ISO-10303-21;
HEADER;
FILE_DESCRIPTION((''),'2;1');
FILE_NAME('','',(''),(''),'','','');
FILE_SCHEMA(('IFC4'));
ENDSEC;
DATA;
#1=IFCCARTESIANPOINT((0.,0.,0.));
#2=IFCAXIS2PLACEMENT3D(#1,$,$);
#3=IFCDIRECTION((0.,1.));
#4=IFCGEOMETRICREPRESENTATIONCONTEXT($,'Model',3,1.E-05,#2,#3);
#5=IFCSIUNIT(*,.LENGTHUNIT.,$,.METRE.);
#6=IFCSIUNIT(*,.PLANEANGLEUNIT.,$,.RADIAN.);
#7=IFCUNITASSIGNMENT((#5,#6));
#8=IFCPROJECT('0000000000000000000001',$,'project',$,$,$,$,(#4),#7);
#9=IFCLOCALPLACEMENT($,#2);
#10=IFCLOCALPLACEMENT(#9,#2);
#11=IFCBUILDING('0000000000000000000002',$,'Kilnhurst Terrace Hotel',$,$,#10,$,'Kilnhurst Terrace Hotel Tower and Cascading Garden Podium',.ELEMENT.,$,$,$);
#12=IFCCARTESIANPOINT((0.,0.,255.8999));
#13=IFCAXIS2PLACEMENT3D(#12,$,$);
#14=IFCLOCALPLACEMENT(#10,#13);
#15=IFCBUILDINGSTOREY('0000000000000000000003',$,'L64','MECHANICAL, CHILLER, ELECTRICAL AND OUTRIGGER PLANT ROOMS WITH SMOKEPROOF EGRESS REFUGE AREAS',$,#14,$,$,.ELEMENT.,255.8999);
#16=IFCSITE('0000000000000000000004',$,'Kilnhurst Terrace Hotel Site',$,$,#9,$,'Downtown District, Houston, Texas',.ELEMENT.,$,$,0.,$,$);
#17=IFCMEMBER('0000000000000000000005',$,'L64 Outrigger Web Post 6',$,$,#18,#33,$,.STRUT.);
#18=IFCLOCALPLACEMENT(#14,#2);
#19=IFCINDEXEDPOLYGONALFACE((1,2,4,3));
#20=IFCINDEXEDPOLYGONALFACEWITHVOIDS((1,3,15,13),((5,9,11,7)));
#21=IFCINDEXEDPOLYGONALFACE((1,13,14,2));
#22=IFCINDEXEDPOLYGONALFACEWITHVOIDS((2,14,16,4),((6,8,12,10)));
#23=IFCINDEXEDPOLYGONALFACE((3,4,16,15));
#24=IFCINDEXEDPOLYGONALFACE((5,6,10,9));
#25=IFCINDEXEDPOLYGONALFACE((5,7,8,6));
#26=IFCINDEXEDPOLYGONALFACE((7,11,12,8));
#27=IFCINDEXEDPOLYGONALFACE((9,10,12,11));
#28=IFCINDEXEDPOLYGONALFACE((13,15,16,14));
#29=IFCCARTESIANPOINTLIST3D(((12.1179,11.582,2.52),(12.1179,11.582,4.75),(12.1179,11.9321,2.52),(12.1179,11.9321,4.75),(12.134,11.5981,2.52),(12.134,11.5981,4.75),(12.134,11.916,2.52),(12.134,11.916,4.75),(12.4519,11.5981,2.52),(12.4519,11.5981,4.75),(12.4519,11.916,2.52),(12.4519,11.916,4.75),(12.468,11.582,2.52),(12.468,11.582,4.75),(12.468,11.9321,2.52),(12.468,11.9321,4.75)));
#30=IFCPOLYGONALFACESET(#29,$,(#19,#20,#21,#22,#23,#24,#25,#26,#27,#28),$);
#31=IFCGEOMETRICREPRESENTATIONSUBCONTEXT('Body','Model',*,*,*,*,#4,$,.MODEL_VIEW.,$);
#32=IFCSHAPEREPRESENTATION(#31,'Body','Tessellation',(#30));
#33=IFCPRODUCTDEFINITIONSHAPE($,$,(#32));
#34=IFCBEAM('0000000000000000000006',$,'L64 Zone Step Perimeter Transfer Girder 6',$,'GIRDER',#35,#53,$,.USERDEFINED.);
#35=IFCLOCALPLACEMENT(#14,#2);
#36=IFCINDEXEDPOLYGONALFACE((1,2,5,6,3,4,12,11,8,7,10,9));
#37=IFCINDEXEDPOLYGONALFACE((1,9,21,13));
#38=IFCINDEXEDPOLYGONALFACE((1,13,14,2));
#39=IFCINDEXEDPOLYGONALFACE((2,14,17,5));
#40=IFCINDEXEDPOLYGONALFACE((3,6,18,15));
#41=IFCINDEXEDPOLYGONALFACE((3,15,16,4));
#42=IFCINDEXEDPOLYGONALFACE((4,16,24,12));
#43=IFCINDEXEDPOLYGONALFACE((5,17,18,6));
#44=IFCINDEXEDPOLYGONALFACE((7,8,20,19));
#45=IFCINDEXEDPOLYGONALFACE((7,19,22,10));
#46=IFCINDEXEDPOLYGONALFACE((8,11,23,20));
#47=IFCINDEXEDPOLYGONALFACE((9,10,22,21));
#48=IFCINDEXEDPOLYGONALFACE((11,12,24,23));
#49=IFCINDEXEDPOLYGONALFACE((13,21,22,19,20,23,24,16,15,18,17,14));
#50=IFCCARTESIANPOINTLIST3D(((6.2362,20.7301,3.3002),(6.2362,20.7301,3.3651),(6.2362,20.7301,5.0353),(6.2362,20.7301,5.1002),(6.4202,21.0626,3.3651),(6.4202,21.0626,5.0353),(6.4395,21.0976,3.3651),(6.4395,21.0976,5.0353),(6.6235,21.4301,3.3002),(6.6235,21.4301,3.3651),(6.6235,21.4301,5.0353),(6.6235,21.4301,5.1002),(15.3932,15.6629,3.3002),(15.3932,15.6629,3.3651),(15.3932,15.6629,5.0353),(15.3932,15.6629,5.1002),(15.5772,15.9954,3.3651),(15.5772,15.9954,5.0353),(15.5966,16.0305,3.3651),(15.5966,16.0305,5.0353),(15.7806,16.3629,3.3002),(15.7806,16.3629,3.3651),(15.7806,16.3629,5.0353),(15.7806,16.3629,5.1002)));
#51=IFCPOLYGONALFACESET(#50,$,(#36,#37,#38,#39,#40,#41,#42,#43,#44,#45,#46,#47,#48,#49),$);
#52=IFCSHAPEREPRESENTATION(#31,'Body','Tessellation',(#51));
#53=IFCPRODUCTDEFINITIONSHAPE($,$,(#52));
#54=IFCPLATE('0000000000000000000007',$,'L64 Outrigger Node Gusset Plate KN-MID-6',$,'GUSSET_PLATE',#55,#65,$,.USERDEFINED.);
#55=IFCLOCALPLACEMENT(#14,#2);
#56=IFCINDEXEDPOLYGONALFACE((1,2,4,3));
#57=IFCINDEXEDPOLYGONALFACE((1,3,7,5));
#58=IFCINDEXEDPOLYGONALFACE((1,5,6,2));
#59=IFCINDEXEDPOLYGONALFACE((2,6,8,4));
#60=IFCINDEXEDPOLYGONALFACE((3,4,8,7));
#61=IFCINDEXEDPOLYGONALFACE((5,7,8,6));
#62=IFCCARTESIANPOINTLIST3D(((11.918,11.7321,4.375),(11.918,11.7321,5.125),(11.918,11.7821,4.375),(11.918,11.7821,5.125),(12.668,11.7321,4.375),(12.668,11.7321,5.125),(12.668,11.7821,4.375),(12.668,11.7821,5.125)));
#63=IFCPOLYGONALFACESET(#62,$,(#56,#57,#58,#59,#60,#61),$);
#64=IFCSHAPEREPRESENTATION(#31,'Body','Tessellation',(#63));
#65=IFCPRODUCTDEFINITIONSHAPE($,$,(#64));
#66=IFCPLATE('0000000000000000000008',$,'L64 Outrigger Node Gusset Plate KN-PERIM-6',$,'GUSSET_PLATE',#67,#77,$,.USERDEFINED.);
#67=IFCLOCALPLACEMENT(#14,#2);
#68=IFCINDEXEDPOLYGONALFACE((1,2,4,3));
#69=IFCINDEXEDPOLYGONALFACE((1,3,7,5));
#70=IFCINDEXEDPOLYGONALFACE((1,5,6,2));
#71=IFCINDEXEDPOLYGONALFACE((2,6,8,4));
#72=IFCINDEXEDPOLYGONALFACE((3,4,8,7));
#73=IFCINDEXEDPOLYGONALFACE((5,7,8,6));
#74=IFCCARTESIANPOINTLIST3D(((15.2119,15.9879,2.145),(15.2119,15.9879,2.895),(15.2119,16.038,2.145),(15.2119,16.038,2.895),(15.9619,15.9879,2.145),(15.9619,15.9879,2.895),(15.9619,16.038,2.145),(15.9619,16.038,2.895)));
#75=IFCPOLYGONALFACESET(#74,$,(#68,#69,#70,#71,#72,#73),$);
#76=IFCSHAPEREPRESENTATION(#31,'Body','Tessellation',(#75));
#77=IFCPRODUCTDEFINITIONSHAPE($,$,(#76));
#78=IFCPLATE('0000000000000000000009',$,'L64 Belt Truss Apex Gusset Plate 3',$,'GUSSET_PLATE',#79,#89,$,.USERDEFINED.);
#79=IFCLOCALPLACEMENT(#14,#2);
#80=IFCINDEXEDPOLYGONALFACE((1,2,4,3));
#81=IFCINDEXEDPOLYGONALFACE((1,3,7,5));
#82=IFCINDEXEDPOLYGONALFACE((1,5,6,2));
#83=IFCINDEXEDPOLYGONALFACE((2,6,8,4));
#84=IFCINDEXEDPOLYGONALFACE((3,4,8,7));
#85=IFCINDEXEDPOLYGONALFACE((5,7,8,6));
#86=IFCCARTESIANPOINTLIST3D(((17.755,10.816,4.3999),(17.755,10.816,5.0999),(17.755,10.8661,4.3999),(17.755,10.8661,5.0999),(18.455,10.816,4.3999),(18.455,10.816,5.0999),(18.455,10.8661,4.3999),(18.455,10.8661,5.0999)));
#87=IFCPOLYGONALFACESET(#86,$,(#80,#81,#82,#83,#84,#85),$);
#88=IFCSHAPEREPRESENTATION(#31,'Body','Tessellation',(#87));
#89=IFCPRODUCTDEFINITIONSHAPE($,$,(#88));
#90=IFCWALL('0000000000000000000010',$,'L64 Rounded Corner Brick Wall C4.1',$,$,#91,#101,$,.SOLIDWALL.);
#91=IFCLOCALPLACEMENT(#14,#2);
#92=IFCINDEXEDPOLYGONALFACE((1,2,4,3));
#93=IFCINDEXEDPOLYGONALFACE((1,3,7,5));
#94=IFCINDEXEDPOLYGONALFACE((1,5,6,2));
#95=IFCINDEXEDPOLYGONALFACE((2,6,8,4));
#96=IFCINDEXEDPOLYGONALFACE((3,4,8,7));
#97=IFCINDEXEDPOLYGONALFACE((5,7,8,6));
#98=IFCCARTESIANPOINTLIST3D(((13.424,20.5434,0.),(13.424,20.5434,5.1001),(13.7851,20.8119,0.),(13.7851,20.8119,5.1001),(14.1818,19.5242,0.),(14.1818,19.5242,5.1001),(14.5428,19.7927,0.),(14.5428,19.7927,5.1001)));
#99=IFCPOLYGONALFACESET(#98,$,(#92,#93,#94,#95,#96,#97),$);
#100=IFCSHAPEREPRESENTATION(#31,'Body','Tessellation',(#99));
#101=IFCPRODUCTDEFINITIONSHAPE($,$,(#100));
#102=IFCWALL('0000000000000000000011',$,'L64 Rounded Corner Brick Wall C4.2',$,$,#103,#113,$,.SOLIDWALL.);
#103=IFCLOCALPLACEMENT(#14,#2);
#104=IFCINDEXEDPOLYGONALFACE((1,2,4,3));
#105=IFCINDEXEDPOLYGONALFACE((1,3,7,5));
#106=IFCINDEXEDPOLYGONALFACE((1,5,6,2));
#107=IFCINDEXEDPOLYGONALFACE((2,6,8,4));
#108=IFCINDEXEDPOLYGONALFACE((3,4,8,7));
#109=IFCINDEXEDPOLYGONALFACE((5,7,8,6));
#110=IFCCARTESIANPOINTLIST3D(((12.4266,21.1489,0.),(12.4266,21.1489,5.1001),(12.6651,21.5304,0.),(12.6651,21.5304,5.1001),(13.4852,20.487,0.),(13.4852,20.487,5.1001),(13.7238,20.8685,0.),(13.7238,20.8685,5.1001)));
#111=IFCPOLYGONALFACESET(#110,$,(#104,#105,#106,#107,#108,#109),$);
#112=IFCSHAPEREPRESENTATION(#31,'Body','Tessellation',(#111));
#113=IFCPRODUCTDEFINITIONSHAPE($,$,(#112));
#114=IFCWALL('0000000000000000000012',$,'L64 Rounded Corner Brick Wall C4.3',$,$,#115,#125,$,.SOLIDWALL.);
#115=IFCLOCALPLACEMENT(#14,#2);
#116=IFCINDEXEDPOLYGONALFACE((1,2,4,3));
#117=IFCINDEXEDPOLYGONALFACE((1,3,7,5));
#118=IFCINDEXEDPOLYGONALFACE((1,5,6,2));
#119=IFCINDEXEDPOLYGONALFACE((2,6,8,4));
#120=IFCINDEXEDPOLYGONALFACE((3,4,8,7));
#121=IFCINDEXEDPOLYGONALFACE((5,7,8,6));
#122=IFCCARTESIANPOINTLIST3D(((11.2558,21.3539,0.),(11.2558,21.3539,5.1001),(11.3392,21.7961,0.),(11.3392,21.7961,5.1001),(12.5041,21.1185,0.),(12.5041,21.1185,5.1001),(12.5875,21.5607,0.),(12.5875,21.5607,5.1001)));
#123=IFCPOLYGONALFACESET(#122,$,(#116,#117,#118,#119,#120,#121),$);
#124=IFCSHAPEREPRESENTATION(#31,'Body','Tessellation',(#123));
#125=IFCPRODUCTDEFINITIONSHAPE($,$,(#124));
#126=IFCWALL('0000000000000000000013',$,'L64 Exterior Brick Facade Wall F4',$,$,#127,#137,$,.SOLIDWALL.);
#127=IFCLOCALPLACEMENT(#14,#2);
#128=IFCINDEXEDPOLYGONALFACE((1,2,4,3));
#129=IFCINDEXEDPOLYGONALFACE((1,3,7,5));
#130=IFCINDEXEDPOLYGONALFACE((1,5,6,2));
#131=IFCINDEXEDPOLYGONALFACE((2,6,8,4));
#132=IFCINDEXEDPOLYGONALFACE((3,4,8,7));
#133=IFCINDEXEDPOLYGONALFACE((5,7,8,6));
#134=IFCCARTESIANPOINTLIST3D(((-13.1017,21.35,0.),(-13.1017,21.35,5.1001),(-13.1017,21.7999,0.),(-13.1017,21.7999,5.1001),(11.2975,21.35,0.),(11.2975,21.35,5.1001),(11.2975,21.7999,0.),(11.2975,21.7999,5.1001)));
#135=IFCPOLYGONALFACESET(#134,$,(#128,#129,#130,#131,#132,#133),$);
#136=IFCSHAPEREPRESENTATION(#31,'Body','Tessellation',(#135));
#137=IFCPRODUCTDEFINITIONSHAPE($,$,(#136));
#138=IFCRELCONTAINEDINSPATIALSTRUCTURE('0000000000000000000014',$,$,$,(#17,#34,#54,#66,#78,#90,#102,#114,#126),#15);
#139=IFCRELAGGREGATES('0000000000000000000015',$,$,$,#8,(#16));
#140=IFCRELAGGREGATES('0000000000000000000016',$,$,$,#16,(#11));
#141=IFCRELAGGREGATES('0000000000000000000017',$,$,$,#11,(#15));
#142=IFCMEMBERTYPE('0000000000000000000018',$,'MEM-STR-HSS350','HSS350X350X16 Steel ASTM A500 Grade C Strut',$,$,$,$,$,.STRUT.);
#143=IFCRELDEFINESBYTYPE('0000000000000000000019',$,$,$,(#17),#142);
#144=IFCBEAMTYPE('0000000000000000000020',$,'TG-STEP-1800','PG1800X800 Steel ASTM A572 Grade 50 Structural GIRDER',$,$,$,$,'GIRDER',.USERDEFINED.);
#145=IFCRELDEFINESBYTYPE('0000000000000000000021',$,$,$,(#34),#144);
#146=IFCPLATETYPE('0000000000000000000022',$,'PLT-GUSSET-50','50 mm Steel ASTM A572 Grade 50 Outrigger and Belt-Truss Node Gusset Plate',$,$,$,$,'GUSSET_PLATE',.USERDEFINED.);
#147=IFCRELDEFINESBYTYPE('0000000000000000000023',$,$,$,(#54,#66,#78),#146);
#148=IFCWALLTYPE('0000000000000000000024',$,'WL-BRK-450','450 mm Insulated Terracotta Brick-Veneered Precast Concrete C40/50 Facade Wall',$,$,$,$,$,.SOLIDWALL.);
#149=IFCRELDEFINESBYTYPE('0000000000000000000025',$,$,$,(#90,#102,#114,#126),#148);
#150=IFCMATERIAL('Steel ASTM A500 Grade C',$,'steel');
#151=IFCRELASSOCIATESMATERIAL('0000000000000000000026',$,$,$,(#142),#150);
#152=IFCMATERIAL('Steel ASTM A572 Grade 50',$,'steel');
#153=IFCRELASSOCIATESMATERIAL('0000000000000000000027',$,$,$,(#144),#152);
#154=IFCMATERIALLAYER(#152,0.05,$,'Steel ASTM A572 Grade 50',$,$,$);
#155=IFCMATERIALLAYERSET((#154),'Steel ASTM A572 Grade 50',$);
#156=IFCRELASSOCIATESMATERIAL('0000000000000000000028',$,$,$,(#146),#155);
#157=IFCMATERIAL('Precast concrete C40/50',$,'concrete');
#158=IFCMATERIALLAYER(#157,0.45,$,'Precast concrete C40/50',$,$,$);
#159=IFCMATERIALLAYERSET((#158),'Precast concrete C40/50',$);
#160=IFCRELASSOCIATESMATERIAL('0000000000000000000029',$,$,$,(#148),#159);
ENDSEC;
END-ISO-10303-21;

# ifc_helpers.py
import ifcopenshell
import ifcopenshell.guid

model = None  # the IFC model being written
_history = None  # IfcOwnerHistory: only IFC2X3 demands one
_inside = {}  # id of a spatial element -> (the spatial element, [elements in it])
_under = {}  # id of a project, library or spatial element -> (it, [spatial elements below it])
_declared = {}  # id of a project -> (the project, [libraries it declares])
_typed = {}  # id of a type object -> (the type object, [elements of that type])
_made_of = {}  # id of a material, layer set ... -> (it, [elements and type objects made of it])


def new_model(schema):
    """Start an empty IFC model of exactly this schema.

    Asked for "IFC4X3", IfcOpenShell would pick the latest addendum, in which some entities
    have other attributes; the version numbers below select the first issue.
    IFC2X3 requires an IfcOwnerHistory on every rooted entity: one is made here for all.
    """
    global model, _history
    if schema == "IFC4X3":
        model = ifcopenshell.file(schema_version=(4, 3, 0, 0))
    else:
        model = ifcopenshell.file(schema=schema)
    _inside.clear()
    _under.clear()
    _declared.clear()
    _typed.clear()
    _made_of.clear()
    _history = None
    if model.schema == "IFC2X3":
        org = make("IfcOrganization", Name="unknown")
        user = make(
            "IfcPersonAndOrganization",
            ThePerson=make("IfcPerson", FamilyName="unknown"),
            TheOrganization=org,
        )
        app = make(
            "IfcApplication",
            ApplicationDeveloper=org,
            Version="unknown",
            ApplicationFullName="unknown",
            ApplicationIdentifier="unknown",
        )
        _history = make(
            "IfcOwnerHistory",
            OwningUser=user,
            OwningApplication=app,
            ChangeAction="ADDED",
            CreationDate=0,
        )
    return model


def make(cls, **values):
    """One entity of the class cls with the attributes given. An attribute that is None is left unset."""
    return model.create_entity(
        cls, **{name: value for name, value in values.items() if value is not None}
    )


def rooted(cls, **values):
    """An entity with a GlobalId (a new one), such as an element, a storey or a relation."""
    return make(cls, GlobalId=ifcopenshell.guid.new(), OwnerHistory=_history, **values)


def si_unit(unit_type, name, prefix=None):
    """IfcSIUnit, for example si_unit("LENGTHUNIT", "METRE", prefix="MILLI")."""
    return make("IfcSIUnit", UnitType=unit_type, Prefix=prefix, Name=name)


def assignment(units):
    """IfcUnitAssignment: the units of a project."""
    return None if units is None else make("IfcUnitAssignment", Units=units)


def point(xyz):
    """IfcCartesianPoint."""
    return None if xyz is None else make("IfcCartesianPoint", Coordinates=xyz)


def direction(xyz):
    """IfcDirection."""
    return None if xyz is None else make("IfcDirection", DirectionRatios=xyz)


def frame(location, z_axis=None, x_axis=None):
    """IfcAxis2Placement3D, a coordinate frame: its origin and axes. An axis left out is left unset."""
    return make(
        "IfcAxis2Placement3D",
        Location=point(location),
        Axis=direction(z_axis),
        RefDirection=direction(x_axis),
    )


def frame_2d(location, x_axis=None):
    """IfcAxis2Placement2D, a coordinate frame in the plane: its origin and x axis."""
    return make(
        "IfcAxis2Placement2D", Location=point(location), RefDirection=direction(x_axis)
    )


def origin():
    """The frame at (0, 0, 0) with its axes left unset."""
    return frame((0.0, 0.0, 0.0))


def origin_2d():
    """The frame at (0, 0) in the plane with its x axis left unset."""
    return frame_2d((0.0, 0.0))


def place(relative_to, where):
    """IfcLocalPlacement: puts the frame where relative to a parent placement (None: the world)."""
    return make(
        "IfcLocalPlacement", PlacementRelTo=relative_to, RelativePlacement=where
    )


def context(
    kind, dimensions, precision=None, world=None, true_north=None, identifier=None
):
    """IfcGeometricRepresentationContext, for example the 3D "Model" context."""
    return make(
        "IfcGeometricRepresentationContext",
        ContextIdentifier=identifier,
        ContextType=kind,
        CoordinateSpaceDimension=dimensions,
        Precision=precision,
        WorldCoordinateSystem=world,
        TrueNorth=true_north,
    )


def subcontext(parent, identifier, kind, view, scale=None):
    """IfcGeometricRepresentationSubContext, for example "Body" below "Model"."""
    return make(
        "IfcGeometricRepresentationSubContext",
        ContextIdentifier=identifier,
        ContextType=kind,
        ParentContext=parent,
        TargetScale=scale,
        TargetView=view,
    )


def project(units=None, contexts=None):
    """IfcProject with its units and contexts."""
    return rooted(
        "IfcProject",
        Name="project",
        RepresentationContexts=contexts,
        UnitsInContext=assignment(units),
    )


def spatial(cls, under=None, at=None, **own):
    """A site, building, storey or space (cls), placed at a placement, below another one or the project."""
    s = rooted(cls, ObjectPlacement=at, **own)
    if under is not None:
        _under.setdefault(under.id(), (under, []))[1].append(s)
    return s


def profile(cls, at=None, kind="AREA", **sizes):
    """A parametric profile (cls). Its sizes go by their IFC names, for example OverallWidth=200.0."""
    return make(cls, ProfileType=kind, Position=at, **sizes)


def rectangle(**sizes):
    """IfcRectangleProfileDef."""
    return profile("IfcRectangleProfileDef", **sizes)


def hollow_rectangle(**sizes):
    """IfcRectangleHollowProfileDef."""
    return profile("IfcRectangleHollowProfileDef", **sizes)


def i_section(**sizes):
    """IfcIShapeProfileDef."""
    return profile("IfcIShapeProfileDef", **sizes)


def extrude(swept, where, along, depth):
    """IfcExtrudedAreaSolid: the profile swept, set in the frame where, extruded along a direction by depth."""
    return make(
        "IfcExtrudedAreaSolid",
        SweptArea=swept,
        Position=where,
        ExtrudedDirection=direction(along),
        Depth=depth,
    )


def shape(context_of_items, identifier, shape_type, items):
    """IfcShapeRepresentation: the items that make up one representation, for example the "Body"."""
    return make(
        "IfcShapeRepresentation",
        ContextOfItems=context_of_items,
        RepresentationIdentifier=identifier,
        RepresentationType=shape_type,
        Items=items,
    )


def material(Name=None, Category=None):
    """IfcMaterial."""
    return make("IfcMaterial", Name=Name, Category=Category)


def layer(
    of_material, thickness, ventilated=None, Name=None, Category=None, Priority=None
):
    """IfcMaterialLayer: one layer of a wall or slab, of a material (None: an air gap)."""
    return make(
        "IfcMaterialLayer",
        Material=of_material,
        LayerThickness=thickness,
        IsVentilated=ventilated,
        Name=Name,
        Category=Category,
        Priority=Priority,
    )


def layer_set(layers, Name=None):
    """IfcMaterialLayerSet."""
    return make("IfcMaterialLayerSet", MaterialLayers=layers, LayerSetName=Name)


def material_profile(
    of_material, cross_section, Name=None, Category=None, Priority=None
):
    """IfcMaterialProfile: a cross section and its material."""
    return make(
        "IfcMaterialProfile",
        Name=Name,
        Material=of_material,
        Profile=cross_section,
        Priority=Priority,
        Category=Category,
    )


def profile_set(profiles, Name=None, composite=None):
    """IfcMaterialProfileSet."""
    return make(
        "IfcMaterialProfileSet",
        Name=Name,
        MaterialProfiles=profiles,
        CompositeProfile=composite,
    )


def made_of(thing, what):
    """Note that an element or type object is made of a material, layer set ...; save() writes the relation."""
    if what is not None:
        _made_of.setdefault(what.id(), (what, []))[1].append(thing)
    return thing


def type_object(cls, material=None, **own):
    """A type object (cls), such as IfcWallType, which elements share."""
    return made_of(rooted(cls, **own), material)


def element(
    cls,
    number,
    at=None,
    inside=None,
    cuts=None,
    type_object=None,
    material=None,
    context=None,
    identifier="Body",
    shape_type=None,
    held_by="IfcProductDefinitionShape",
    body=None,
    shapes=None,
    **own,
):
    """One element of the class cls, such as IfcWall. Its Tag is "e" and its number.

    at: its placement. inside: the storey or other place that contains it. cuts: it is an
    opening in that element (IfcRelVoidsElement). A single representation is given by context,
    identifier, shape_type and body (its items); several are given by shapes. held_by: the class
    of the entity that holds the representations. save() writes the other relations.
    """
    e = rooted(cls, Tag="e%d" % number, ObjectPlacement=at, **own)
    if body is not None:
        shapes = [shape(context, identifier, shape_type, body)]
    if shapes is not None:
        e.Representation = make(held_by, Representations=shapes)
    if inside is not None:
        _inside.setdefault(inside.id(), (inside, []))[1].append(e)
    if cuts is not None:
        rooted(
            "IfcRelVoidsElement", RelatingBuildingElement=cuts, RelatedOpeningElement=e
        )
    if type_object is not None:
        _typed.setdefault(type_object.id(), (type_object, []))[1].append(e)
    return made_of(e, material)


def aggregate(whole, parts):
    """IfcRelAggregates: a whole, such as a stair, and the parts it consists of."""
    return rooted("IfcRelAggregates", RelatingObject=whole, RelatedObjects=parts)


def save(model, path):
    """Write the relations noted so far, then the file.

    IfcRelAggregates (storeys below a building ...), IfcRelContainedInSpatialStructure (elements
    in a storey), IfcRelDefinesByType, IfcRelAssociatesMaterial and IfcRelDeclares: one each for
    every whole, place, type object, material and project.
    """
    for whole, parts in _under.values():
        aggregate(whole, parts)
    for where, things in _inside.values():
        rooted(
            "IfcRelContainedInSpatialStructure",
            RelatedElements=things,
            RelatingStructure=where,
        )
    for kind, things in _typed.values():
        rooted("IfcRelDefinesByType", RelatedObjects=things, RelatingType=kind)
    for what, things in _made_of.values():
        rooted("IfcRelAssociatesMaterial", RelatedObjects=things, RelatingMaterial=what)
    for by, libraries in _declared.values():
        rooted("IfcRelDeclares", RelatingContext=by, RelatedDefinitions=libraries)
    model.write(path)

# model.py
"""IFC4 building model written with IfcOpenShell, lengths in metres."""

from ifc_helpers import new_model, si_unit, direction, frame, frame_2d, origin, origin_2d, place, context, subcontext, project, spatial, rectangle, hollow_rectangle, i_section, extrude, material, layer, layer_set, material_profile, profile_set, type_object, element, save


model = new_model("IFC4")

# Units and contexts
model_context = context("Model", 3, precision=1e-05, world=origin(), true_north=direction((0.0, 1.0)))
body_context = subcontext(model_context, "Body", "Model", "MODEL_VIEW")
ifc_project = project(units=[si_unit("LENGTHUNIT", "METRE"), si_unit("PLANEANGLEUNIT", "RADIAN")], contexts=[model_context])

# Site, building, storey
site_placement = place(None, origin())
site = spatial("IfcSite", under=ifc_project, at=site_placement, Name="Kilnhurst Terrace Hotel Site", LongName="Downtown District, Houston, Texas", CompositionType="ELEMENT", RefElevation=0.0)
building_placement = place(site_placement, origin())
building = spatial("IfcBuilding", under=site, at=building_placement, Name="Kilnhurst Terrace Hotel", LongName="Kilnhurst Terrace Hotel Tower and Cascading Garden Podium", CompositionType="ELEMENT")
storey_placement = place(building_placement, frame((0.0, 0.0, 255.8999)))
storey = spatial("IfcBuildingStorey", under=building, at=storey_placement, Name="L64", Description="MECHANICAL, CHILLER, ELECTRICAL AND OUTRIGGER PLANT ROOMS WITH SMOKEPROOF EGRESS REFUGE AREAS", CompositionType="ELEMENT", Elevation=255.8999)

# Member
ifc_material_1 = material(Name="Steel ASTM A500 Grade C", Category="steel")
ifc_material_profile_1 = material_profile(ifc_material_1, hollow_rectangle(XDim=0.3501, YDim=0.3501, WallThickness=0.0161, at=origin_2d()), Name="HSS350X350X16")
ifc_profile_set_1 = profile_set([ifc_material_profile_1], Name="Steel ASTM A500 Grade C")
member_type_1 = type_object("IfcMemberType", Name="MEM-STR-HSS350", Description="HSS350X350X16 Steel ASTM A500 Grade C Strut", PredefinedType="STRUT", material=ifc_profile_set_1)
member_1_placement = place(storey_placement, frame((12.293, 11.7571, 2.52), z_axis=(0.0, 0.0, 1.0), x_axis=(1.0, 0.0, 0.0)))
element("IfcMember", 1, at=member_1_placement, inside=storey, type_object=member_type_1, Name="L64 Outrigger Web Post 6", PredefinedType="STRUT", context=body_context, shape_type="SweptSolid", body=[
    extrude(hollow_rectangle(XDim=0.3501, YDim=0.3501, WallThickness=0.0161, at=origin_2d()), origin(), (0.0, 0.0, 1.0), 2.23),
])

# Beam
ifc_material_2 = material(Name="Steel ASTM A572 Grade 50", Category="steel")
ifc_material_profile_2 = material_profile(ifc_material_2, i_section(OverallWidth=0.8, OverallDepth=1.8, WebThickness=0.04, FlangeThickness=0.0649, at=origin_2d()), Name="PG1800X800")
ifc_profile_set_2 = profile_set([ifc_material_profile_2], Name="Steel ASTM A572 Grade 50")
beam_type_1 = type_object("IfcBeamType", Name="TG-STEP-1800", Description="PG1800X800 Steel ASTM A572 Grade 50 Structural GIRDER", ElementType="GIRDER", PredefinedType="USERDEFINED", material=ifc_profile_set_2)
beam_1_placement = place(storey_placement, frame((15.5869, 16.0129, 4.2002), z_axis=(-0.87497, 0.484177, 0.0), x_axis=(-0.484177, -0.87497, 0.0)))
element("IfcBeam", 2, at=beam_1_placement, inside=storey, type_object=beam_type_1, Name="L64 Zone Step Perimeter Transfer Girder 6", ObjectType="GIRDER", PredefinedType="USERDEFINED", context=body_context, shape_type="SweptSolid", body=[
    extrude(i_section(OverallWidth=0.8, OverallDepth=1.8, WebThickness=0.04, FlangeThickness=0.0649, at=origin_2d()), origin(), (0.0, 0.0, 1.0), 10.4656),
])

# Plates
ifc_layer_1 = layer(ifc_material_2, 0.05, Name="Steel ASTM A572 Grade 50")
ifc_layer_set_1 = layer_set([ifc_layer_1], Name="Steel ASTM A572 Grade 50")
plate_type = type_object("IfcPlateType", Name="PLT-GUSSET-50", Description="50 mm Steel ASTM A572 Grade 50 Outrigger and Belt-Truss Node Gusset Plate", ElementType="GUSSET_PLATE", PredefinedType="USERDEFINED", material=ifc_layer_set_1)
for number, where, z_axis, x_axis, name in (
    (3, (12.293, 11.7571, 4.375), (0.0, 0.0, 1.0), (1.0, 0.0, 0.0), "L64 Outrigger Node Gusset Plate KN-MID-6"),
    (4, (15.5869, 16.0129, 2.145), (0.0, 0.0, 1.0), (1.0, 0.0, 0.0), "L64 Outrigger Node Gusset Plate KN-PERIM-6"),
):
    element("IfcPlate", number, at=place(storey_placement, frame(where, z_axis=z_axis, x_axis=x_axis)), inside=storey, type_object=plate_type, Name=name, ObjectType="GUSSET_PLATE", PredefinedType="USERDEFINED", context=body_context, shape_type="SweptSolid", body=[
        extrude(rectangle(XDim=0.75, YDim=0.05, at=origin_2d()), origin(), (0.0, 0.0, 1.0), 0.75),
    ])
plate_placement = place(storey_placement, frame((18.105, 10.8411, 4.3999), z_axis=(0.0, 0.0, 1.0), x_axis=(1.0, 0.0, 0.0)))
element("IfcPlate", 5, at=plate_placement, inside=storey, type_object=plate_type, Name="L64 Belt Truss Apex Gusset Plate 3", ObjectType="GUSSET_PLATE", PredefinedType="USERDEFINED", context=body_context, shape_type="SweptSolid", body=[
    extrude(rectangle(XDim=0.7, YDim=0.05, at=origin_2d()), origin(), (0.0, 0.0, 1.0), 0.7),
])

# Walls
ifc_material_3 = material(Name="Precast concrete C40/50", Category="concrete")
ifc_layer_2 = layer(ifc_material_3, 0.45, Name="Precast concrete C40/50")
ifc_layer_set_2 = layer_set([ifc_layer_2], Name="Precast concrete C40/50")
wall_type_1 = type_object("IfcWallType", Name="WL-BRK-450", Description="450 mm Insulated Terracotta Brick-Veneered Precast Concrete C40/50 Facade Wall", PredefinedType="SOLIDWALL", material=ifc_layer_set_2)
wall_1_placement = place(storey_placement, frame((14.3623, 19.6584, 0.0), z_axis=(0.0, 0.0, 1.0), x_axis=(-0.596642, 0.802507, 0.0)))
element("IfcWall", 6, at=wall_1_placement, inside=storey, type_object=wall_type_1, Name="L64 Rounded Corner Brick Wall C4.1", PredefinedType="SOLIDWALL", context=body_context, shape_type="SweptSolid", body=[
    extrude(rectangle(XDim=1.27, YDim=0.45, at=frame_2d((0.635, 0.0))), origin(), (0.0, 0.0, 1.0), 5.1001),
])
wall_2_placement = place(storey_placement, frame((13.6045, 20.6777, 0.0), z_axis=(0.0, 0.0, 1.0), x_axis=(-0.84791, 0.53014, 0.0)))
element("IfcWall", 7, at=wall_2_placement, inside=storey, type_object=wall_type_1, Name="L64 Rounded Corner Brick Wall C4.2", PredefinedType="SOLIDWALL", context=body_context, shape_type="SweptSolid", body=[
    extrude(rectangle(XDim=1.2485, YDim=0.45, at=frame_2d((0.6243, 0.0))), origin(), (0.0, 0.0, 1.0), 5.1001),
])
wall_3_placement = place(storey_placement, frame((12.5459, 21.3396, 0.0), z_axis=(0.0, 0.0, 1.0), x_axis=(-0.982687, 0.185275, 0.0)))
element("IfcWall", 8, at=wall_3_placement, inside=storey, type_object=wall_type_1, Name="L64 Rounded Corner Brick Wall C4.3", PredefinedType="SOLIDWALL", context=body_context, shape_type="SweptSolid", body=[
    extrude(rectangle(XDim=1.2703, YDim=0.45, at=frame_2d((0.6353, 0.0))), origin(), (0.0, 0.0, 1.0), 5.1001),
])
wall_4_placement = place(storey_placement, frame((11.2976, 21.575, 0.0), z_axis=(0.0, 0.0, 1.0), x_axis=(-1.0, 0.0, 0.0)))
element("IfcWall", 9, at=wall_4_placement, inside=storey, type_object=wall_type_1, Name="L64 Exterior Brick Facade Wall F4", PredefinedType="SOLIDWALL", context=body_context, shape_type="SweptSolid", body=[
    extrude(rectangle(XDim=24.3992, YDim=0.45, at=frame_2d((12.1997, 0.0))), origin(), (0.0, 0.0, 1.0), 5.1001),
])

save(model, "model.ifc")
